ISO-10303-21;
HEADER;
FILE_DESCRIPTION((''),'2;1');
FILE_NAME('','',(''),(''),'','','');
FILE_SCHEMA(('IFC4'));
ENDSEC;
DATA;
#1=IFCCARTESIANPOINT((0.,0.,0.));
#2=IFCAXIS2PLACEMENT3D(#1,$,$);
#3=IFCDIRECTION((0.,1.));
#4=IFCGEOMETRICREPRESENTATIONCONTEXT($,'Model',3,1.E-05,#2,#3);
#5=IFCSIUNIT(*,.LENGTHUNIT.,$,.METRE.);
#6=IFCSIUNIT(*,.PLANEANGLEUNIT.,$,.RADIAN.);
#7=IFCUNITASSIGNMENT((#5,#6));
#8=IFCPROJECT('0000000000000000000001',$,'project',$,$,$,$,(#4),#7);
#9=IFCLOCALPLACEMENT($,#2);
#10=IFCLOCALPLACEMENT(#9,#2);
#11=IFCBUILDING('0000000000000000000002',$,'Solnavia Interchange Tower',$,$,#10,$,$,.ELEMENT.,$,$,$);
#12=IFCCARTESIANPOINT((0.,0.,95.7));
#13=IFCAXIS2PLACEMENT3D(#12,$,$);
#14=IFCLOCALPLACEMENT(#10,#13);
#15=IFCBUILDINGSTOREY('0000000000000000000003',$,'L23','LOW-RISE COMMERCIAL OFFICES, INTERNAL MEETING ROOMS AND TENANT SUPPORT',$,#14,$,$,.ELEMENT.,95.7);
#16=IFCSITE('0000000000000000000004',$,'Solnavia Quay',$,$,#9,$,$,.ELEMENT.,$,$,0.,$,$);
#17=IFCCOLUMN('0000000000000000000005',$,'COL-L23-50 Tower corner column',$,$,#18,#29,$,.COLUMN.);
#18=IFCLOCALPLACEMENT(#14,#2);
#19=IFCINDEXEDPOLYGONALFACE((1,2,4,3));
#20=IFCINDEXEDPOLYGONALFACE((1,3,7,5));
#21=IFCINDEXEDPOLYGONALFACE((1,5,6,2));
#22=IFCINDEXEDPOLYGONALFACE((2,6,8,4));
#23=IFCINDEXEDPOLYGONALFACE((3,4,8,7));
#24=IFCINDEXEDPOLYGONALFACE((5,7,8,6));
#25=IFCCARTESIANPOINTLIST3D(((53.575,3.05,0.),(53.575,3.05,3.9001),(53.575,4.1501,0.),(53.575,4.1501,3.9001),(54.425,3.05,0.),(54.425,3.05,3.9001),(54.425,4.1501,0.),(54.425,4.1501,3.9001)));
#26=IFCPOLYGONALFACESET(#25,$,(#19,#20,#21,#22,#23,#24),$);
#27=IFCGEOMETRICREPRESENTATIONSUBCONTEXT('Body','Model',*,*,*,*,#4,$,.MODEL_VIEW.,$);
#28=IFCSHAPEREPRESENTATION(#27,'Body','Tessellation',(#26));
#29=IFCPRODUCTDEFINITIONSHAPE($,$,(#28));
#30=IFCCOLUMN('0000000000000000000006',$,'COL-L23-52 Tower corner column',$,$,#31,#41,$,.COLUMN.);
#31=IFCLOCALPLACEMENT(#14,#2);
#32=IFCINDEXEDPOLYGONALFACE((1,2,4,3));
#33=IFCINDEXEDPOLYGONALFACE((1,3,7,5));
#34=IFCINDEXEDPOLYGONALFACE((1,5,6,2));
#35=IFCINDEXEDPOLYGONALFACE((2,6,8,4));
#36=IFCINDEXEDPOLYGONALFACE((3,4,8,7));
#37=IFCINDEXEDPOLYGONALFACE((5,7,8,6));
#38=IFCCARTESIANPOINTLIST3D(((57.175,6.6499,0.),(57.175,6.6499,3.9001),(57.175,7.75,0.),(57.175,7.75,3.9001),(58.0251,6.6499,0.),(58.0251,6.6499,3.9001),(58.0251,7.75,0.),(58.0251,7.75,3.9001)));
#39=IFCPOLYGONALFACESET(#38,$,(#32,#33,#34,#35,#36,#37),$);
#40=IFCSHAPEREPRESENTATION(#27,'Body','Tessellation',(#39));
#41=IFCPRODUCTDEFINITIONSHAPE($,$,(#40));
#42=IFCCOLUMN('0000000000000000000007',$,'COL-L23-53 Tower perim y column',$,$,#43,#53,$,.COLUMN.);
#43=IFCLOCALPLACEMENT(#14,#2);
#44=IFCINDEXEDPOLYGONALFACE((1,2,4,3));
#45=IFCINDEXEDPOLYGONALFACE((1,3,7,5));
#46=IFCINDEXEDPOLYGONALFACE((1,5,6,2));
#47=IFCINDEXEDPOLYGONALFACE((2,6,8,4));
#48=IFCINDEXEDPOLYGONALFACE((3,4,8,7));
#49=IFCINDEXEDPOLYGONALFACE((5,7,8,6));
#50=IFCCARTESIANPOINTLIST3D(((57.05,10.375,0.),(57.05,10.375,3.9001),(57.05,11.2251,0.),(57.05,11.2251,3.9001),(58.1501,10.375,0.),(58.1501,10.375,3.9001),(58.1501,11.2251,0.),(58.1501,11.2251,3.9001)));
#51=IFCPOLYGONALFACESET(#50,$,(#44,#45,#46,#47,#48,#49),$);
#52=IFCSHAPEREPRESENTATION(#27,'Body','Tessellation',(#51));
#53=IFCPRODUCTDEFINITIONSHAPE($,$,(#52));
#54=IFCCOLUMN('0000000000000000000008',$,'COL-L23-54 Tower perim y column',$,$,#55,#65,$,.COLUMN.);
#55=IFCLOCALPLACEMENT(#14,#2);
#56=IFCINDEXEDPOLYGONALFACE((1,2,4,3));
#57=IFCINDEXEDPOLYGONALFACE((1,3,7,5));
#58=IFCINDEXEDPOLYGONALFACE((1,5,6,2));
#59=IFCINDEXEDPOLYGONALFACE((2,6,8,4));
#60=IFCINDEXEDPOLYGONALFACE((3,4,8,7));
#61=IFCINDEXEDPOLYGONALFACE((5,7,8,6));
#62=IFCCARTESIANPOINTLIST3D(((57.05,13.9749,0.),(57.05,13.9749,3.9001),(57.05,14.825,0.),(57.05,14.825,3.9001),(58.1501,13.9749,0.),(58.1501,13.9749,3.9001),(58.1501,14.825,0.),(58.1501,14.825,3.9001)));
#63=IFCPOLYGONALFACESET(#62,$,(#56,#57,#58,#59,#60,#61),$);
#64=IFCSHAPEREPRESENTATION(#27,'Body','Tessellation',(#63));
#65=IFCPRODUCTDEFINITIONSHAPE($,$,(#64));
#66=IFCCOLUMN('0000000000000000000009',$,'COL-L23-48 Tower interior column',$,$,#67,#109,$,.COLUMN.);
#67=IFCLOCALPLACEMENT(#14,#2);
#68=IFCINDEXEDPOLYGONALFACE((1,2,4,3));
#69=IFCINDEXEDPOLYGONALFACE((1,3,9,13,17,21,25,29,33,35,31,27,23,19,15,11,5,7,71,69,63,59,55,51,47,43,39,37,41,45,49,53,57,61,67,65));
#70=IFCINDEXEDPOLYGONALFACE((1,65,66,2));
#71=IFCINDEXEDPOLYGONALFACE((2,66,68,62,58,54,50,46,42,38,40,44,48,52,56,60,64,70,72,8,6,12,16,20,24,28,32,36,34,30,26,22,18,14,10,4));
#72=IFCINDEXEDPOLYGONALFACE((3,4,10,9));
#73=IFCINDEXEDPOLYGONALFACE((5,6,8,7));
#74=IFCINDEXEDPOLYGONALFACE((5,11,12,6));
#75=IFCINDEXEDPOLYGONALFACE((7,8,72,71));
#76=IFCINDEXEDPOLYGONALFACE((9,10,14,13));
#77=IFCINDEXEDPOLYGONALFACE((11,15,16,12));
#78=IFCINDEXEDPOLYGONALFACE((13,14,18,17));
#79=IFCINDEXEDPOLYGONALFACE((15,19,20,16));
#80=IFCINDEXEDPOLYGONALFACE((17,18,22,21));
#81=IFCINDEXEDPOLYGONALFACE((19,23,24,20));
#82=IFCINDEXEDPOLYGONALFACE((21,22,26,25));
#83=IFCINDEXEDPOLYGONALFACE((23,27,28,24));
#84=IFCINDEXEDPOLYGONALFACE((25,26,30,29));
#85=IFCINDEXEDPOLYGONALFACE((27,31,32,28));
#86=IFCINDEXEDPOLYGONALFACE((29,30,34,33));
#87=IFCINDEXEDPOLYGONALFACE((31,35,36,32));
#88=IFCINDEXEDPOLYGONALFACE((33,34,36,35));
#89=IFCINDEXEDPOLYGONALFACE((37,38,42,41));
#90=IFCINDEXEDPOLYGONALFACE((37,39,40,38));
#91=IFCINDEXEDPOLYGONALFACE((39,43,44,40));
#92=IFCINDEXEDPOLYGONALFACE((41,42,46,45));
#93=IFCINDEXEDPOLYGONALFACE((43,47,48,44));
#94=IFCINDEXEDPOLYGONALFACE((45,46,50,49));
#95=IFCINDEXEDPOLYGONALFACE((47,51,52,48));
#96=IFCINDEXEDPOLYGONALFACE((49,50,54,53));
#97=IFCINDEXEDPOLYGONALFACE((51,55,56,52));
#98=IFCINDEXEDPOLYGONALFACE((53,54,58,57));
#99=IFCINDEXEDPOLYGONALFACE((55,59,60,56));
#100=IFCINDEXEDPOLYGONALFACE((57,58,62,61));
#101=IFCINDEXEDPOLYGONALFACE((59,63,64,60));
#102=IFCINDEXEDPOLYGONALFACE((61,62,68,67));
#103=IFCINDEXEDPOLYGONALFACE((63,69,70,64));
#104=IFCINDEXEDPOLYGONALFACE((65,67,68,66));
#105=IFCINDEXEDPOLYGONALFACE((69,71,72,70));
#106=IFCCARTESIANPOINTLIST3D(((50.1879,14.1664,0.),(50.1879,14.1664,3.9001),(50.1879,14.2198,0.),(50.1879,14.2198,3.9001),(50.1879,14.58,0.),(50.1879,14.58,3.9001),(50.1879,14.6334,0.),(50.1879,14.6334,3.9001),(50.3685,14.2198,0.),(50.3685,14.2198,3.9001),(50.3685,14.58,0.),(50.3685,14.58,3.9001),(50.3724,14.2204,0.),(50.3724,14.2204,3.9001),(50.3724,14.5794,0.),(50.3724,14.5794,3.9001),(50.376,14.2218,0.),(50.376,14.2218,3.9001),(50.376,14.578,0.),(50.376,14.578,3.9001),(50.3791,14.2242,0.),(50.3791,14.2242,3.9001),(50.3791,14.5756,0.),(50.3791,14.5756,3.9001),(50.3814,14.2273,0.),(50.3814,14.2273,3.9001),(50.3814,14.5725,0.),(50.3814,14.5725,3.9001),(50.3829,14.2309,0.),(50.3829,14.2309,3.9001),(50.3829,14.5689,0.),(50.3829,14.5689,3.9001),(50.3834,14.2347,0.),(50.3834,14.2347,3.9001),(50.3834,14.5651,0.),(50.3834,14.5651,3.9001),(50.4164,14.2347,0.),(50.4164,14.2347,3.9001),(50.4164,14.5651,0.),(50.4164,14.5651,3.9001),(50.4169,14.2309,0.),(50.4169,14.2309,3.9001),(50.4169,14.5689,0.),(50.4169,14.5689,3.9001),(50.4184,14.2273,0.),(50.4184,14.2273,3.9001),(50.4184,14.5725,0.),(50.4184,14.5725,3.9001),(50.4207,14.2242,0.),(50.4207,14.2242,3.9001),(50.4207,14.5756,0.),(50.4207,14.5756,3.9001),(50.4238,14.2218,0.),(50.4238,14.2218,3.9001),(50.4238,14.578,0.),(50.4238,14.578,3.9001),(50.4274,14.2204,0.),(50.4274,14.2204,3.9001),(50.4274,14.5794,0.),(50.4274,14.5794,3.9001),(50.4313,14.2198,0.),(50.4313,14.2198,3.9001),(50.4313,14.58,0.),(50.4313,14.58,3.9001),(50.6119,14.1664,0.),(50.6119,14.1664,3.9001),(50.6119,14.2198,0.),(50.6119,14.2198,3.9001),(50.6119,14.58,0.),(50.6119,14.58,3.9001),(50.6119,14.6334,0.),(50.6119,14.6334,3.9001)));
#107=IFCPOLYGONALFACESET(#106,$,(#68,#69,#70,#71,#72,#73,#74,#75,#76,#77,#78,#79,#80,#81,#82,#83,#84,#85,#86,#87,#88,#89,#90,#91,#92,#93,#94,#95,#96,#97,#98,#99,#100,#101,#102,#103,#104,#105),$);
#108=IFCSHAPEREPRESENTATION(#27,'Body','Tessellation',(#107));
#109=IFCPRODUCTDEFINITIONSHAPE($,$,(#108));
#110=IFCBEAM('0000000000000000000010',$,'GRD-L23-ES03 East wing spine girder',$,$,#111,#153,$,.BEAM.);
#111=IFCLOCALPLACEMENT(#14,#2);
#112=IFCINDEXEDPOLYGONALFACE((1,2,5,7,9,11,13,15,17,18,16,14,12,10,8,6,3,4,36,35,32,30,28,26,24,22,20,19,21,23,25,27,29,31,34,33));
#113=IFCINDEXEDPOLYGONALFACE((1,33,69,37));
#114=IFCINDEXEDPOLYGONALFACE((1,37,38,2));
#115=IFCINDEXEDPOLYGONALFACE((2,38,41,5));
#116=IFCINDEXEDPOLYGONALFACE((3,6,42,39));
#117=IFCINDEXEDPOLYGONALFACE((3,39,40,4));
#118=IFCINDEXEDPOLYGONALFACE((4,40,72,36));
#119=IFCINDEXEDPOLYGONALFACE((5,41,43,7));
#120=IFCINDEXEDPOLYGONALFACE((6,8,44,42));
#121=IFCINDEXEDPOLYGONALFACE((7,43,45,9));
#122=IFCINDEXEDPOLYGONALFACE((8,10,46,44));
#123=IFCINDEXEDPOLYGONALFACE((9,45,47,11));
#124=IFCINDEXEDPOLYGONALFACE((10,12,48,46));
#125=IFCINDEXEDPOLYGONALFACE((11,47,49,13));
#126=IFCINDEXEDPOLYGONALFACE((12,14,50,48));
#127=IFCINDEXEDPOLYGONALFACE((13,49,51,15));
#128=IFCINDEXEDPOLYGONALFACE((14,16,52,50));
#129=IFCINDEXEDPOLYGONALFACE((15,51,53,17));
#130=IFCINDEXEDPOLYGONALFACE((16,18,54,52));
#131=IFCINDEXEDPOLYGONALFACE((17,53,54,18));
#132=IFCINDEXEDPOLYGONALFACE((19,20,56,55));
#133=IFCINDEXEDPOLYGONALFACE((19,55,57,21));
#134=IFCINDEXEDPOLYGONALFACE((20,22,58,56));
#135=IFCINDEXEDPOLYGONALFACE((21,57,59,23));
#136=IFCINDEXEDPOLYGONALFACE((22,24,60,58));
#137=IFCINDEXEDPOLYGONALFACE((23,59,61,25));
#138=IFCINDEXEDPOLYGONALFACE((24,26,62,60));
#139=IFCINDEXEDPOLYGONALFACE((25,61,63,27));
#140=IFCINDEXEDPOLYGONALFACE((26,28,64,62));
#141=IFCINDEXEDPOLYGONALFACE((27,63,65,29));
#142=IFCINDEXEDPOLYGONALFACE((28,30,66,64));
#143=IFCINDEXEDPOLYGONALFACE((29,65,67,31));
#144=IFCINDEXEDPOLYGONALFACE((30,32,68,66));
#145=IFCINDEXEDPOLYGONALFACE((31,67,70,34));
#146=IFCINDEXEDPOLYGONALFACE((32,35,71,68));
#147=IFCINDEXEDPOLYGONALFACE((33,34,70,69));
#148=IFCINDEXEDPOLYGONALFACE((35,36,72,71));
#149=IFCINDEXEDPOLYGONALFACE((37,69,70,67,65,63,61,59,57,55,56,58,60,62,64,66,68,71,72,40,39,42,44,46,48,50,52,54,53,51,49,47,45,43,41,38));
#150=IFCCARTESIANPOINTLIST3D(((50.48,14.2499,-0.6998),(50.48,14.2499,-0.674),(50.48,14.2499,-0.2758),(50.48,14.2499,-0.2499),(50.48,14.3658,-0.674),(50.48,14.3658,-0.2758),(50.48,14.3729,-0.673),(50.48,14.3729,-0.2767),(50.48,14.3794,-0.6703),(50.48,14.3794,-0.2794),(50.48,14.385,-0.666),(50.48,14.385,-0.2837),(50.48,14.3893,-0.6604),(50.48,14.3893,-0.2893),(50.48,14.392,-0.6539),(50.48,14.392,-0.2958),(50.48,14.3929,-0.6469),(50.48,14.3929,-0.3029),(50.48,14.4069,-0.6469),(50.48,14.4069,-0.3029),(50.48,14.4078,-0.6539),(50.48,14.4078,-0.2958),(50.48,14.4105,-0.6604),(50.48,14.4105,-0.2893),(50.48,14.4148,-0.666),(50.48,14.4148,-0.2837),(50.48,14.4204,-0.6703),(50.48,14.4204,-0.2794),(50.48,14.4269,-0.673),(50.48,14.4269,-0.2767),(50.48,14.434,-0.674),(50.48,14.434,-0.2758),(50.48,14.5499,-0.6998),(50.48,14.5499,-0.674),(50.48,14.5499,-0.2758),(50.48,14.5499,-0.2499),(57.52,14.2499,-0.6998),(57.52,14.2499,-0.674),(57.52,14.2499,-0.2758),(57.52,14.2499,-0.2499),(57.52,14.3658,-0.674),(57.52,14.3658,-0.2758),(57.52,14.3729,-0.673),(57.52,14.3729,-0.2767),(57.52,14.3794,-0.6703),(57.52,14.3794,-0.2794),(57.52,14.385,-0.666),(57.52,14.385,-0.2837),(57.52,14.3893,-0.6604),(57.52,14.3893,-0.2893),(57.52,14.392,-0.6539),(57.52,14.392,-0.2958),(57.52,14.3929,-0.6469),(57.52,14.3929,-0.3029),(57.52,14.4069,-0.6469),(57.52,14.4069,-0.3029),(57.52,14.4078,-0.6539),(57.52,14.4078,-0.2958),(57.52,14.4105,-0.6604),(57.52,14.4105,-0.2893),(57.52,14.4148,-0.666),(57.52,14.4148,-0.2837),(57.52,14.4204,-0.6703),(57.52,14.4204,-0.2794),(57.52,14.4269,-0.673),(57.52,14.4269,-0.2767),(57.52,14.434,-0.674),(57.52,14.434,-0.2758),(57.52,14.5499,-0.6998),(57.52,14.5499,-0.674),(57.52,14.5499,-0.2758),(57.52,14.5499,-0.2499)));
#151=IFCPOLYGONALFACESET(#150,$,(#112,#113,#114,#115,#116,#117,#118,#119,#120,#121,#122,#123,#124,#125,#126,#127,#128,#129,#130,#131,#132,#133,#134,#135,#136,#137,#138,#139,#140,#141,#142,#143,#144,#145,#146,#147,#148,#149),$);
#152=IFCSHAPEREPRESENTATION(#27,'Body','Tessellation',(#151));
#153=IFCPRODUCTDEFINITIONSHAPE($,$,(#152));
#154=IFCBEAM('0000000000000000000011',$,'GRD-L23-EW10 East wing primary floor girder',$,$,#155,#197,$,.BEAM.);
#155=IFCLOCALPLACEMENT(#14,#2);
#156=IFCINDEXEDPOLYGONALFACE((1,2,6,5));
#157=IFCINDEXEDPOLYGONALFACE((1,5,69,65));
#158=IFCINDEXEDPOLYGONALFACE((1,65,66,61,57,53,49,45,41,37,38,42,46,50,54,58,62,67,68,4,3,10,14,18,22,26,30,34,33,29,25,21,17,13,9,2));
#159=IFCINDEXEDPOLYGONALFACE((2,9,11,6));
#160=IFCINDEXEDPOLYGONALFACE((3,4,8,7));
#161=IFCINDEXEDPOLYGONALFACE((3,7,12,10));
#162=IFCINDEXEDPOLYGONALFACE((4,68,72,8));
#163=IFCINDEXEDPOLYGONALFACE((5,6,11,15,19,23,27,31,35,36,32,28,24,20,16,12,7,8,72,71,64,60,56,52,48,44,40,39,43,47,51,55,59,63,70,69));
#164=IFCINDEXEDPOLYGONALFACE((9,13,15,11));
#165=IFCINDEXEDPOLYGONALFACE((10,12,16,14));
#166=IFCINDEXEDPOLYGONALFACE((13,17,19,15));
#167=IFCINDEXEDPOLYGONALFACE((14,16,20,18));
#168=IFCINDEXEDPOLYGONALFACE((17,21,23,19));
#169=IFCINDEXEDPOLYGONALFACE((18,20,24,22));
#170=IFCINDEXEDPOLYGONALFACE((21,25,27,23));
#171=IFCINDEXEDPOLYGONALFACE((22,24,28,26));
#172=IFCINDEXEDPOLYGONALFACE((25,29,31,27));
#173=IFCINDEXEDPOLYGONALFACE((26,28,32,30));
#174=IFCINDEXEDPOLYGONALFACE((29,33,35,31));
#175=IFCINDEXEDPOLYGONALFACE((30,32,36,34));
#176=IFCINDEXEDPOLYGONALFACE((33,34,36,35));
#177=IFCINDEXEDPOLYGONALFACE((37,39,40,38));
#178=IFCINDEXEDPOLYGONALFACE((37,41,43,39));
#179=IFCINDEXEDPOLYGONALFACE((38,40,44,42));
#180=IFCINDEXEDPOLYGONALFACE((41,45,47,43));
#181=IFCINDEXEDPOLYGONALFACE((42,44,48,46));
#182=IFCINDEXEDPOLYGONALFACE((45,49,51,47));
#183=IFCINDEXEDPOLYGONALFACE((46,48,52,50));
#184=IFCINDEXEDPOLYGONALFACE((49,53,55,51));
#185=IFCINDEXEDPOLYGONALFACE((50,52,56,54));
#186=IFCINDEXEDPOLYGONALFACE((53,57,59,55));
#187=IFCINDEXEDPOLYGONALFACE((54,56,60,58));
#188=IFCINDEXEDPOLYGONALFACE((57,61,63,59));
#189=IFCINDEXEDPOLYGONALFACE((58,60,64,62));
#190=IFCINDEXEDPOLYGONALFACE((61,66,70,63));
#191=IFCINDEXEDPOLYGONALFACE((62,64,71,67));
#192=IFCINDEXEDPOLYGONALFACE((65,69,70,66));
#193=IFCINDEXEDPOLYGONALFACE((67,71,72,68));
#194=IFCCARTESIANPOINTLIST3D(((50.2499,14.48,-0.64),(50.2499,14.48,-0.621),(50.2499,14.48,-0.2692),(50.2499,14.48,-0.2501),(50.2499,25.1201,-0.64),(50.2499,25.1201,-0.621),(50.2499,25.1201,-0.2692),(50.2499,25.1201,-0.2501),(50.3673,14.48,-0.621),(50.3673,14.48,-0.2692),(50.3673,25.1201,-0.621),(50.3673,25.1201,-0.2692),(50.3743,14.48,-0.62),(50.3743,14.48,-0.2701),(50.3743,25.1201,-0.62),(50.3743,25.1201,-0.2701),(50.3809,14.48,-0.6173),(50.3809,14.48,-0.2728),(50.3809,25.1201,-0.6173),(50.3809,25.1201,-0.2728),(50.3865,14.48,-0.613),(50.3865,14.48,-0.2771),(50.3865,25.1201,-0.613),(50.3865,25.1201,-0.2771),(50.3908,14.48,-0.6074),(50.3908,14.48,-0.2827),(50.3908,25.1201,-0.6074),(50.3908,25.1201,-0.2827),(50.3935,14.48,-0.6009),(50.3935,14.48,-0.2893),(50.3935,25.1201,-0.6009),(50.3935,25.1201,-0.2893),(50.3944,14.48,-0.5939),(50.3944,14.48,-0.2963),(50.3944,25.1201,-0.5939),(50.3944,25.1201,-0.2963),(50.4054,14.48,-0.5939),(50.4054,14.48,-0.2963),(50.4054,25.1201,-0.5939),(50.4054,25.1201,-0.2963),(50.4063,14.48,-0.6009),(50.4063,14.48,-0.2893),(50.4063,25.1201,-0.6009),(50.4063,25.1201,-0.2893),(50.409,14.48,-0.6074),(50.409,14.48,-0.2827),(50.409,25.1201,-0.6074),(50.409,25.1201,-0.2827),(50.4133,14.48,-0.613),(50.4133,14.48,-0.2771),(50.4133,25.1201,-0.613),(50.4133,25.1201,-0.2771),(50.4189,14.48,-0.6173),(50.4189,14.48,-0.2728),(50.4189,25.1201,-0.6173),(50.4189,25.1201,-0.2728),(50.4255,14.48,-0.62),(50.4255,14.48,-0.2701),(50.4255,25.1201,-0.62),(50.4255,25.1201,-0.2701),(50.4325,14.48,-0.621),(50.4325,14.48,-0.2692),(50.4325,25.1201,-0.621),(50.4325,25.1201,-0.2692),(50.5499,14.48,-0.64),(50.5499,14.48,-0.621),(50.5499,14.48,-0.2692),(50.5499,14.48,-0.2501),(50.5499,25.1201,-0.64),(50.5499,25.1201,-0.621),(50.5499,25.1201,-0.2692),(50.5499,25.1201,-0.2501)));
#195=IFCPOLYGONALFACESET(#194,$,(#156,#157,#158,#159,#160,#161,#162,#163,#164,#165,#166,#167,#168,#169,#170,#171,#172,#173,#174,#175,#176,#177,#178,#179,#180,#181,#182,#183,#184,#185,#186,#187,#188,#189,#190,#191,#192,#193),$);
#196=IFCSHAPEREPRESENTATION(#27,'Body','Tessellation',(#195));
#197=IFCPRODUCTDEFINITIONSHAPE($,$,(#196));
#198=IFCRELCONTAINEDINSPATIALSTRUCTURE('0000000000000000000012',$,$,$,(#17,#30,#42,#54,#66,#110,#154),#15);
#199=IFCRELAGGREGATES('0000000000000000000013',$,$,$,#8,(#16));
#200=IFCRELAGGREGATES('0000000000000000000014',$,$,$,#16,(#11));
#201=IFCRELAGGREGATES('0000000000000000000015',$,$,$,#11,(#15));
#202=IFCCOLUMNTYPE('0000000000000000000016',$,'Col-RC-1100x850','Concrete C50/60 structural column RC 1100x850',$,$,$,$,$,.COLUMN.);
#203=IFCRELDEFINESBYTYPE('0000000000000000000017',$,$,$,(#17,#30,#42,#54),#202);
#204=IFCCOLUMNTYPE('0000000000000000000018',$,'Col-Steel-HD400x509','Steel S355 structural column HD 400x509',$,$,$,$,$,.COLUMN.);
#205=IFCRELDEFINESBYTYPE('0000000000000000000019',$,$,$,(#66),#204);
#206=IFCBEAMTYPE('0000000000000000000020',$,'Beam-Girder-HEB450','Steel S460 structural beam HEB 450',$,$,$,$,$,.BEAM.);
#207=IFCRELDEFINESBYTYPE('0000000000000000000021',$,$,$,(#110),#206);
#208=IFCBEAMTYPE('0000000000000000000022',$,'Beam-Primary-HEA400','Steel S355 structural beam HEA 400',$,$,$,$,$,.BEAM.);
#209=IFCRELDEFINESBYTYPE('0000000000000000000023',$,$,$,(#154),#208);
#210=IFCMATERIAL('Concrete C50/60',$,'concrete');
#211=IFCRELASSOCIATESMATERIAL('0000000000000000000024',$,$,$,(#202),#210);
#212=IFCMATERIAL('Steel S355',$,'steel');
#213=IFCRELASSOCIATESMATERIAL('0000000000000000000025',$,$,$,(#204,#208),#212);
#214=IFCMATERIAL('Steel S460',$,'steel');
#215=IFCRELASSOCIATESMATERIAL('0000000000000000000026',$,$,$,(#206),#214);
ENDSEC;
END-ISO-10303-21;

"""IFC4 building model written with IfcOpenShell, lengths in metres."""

from ifc_helpers import new_model, si_unit, direction, frame, origin, origin_2d, place, context, subcontext, project, spatial, rectangle, i_section, extrude, material, material_profile, profile_set, type_object, element, save


model = new_model("IFC4")

# Units and contexts
model_context = context("Model", 3, precision=1e-05, world=origin(), true_north=direction((0.0, 1.0)))
body_context = subcontext(model_context, "Body", "Model", "MODEL_VIEW")
ifc_project = project(units=[si_unit("LENGTHUNIT", "METRE"), si_unit("PLANEANGLEUNIT", "RADIAN")], contexts=[model_context])

# Site, building, storey
site_placement = place(None, origin())
site = spatial("IfcSite", under=ifc_project, at=site_placement, Name="Solnavia Quay", CompositionType="ELEMENT", RefElevation=0.0)
building_placement = place(site_placement, origin())
building = spatial("IfcBuilding", under=site, at=building_placement, Name="Solnavia Interchange Tower", CompositionType="ELEMENT")
storey_placement = place(building_placement, frame((0.0, 0.0, 95.7)))
storey = spatial("IfcBuildingStorey", under=building, at=storey_placement, Name="L23", Description="LOW-RISE COMMERCIAL OFFICES, INTERNAL MEETING ROOMS AND TENANT SUPPORT", CompositionType="ELEMENT", Elevation=95.7)

# Columns
ifc_material_1 = material(Name="Concrete C50/60", Category="concrete")
ifc_material_profile_1 = material_profile(ifc_material_1, rectangle(XDim=0.8501, YDim=1.1001, at=origin_2d()), Name="RC 1100x850")
ifc_profile_set_1 = profile_set([ifc_material_profile_1], Name="Concrete C50/60")
column_type_1 = type_object("IfcColumnType", Name="Col-RC-1100x850", Description="Concrete C50/60 structural column RC 1100x850", PredefinedType="COLUMN", material=ifc_profile_set_1)
for number, where, z_axis, x_axis, name in (
    (1, (54.0, 3.6001, 0.0), (0.0, 0.0, 1.0), (1.0, 0.0, 0.0), "COL-L23-50 Tower corner column"),
    (2, (57.6001, 7.2, 0.0), (0.0, 0.0, 1.0), (1.0, 0.0, 0.0), "COL-L23-52 Tower corner column"),
    (3, (57.6001, 10.8, 0.0), (0.0, 0.0, 1.0), (0.0, 1.0, 0.0), "COL-L23-53 Tower perim y column"),
    (4, (57.6001, 14.3999, 0.0), (0.0, 0.0, 1.0), (0.0, 1.0, 0.0), "COL-L23-54 Tower perim y column"),
):
    element("IfcColumn", number, at=place(storey_placement, frame(where, z_axis=z_axis, x_axis=x_axis)), inside=storey, type_object=column_type_1, Name=name, PredefinedType="COLUMN", context=body_context, shape_type="SweptSolid", body=[
        extrude(rectangle(XDim=0.8501, YDim=1.1001, at=origin_2d()), origin(), (0.0, 0.0, 1.0), 3.9001),
    ])
ifc_material_2 = material(Name="Steel S355", Category="steel")
ifc_material_profile_2 = material_profile(ifc_material_2, i_section(OverallWidth=0.4241, OverallDepth=0.467, WebThickness=0.033, FlangeThickness=0.0535, FilletRadius=0.0149, at=origin_2d()), Name="HD 400x509")
ifc_profile_set_2 = profile_set([ifc_material_profile_2], Name="Steel S355")
column_type_2 = type_object("IfcColumnType", Name="Col-Steel-HD400x509", Description="Steel S355 structural column HD 400x509", PredefinedType="COLUMN", material=ifc_profile_set_2)
column_placement = place(storey_placement, frame((50.3999, 14.3999, 0.0), z_axis=(0.0, 0.0, 1.0), x_axis=(1.0, 0.0, 0.0)))
element("IfcColumn", 5, at=column_placement, inside=storey, type_object=column_type_2, Name="COL-L23-48 Tower interior column", PredefinedType="COLUMN", context=body_context, shape_type="SweptSolid", body=[
    extrude(i_section(OverallWidth=0.4241, OverallDepth=0.467, WebThickness=0.033, FlangeThickness=0.0535, FilletRadius=0.0149, at=origin_2d()), origin(), (0.0, 0.0, 1.0), 3.9001),
])

# Beams
ifc_material_3 = material(Name="Steel S460", Category="steel")
ifc_material_profile_3 = material_profile(ifc_material_3, i_section(OverallWidth=0.3, OverallDepth=0.45, WebThickness=0.0139, FlangeThickness=0.0259, FilletRadius=0.0271, at=origin_2d()), Name="HEB 450")
ifc_profile_set_3 = profile_set([ifc_material_profile_3], Name="Steel S460")
beam_type_1 = type_object("IfcBeamType", Name="Beam-Girder-HEB450", Description="Steel S460 structural beam HEB 450", PredefinedType="BEAM", material=ifc_profile_set_3)
beam_1_placement = place(storey_placement, frame((50.48, 14.3999, -0.4749), z_axis=(1.0, 0.0, 0.0), x_axis=(0.0, 1.0, 0.0)))
element("IfcBeam", 6, at=beam_1_placement, inside=storey, type_object=beam_type_1, Name="GRD-L23-ES03 East wing spine girder", PredefinedType="BEAM", context=body_context, shape_type="SweptSolid", body=[
    extrude(i_section(OverallWidth=0.3, OverallDepth=0.45, WebThickness=0.0139, FlangeThickness=0.0259, FilletRadius=0.0271, at=origin_2d()), origin(), (0.0, 0.0, 1.0), 7.04),
])
ifc_material_profile_4 = material_profile(ifc_material_2, i_section(OverallWidth=0.3, OverallDepth=0.3899, WebThickness=0.011, FlangeThickness=0.019, FilletRadius=0.0271, at=origin_2d()), Name="HEA 400")
ifc_profile_set_4 = profile_set([ifc_material_profile_4], Name="Steel S355")
beam_type_2 = type_object("IfcBeamType", Name="Beam-Primary-HEA400", Description="Steel S355 structural beam HEA 400", PredefinedType="BEAM", material=ifc_profile_set_4)
beam_2_placement = place(storey_placement, frame((50.3999, 14.48, -0.4451), z_axis=(0.0, 1.0, 0.0), x_axis=(-1.0, 0.0, 0.0)))
element("IfcBeam", 7, at=beam_2_placement, inside=storey, type_object=beam_type_2, Name="GRD-L23-EW10 East wing primary floor girder", PredefinedType="BEAM", context=body_context, shape_type="SweptSolid", body=[
    extrude(i_section(OverallWidth=0.3, OverallDepth=0.3899, WebThickness=0.011, FlangeThickness=0.019, FilletRadius=0.0271, at=origin_2d()), origin(), (0.0, 0.0, 1.0), 10.6401),
])

save(model, "model.ifc")
